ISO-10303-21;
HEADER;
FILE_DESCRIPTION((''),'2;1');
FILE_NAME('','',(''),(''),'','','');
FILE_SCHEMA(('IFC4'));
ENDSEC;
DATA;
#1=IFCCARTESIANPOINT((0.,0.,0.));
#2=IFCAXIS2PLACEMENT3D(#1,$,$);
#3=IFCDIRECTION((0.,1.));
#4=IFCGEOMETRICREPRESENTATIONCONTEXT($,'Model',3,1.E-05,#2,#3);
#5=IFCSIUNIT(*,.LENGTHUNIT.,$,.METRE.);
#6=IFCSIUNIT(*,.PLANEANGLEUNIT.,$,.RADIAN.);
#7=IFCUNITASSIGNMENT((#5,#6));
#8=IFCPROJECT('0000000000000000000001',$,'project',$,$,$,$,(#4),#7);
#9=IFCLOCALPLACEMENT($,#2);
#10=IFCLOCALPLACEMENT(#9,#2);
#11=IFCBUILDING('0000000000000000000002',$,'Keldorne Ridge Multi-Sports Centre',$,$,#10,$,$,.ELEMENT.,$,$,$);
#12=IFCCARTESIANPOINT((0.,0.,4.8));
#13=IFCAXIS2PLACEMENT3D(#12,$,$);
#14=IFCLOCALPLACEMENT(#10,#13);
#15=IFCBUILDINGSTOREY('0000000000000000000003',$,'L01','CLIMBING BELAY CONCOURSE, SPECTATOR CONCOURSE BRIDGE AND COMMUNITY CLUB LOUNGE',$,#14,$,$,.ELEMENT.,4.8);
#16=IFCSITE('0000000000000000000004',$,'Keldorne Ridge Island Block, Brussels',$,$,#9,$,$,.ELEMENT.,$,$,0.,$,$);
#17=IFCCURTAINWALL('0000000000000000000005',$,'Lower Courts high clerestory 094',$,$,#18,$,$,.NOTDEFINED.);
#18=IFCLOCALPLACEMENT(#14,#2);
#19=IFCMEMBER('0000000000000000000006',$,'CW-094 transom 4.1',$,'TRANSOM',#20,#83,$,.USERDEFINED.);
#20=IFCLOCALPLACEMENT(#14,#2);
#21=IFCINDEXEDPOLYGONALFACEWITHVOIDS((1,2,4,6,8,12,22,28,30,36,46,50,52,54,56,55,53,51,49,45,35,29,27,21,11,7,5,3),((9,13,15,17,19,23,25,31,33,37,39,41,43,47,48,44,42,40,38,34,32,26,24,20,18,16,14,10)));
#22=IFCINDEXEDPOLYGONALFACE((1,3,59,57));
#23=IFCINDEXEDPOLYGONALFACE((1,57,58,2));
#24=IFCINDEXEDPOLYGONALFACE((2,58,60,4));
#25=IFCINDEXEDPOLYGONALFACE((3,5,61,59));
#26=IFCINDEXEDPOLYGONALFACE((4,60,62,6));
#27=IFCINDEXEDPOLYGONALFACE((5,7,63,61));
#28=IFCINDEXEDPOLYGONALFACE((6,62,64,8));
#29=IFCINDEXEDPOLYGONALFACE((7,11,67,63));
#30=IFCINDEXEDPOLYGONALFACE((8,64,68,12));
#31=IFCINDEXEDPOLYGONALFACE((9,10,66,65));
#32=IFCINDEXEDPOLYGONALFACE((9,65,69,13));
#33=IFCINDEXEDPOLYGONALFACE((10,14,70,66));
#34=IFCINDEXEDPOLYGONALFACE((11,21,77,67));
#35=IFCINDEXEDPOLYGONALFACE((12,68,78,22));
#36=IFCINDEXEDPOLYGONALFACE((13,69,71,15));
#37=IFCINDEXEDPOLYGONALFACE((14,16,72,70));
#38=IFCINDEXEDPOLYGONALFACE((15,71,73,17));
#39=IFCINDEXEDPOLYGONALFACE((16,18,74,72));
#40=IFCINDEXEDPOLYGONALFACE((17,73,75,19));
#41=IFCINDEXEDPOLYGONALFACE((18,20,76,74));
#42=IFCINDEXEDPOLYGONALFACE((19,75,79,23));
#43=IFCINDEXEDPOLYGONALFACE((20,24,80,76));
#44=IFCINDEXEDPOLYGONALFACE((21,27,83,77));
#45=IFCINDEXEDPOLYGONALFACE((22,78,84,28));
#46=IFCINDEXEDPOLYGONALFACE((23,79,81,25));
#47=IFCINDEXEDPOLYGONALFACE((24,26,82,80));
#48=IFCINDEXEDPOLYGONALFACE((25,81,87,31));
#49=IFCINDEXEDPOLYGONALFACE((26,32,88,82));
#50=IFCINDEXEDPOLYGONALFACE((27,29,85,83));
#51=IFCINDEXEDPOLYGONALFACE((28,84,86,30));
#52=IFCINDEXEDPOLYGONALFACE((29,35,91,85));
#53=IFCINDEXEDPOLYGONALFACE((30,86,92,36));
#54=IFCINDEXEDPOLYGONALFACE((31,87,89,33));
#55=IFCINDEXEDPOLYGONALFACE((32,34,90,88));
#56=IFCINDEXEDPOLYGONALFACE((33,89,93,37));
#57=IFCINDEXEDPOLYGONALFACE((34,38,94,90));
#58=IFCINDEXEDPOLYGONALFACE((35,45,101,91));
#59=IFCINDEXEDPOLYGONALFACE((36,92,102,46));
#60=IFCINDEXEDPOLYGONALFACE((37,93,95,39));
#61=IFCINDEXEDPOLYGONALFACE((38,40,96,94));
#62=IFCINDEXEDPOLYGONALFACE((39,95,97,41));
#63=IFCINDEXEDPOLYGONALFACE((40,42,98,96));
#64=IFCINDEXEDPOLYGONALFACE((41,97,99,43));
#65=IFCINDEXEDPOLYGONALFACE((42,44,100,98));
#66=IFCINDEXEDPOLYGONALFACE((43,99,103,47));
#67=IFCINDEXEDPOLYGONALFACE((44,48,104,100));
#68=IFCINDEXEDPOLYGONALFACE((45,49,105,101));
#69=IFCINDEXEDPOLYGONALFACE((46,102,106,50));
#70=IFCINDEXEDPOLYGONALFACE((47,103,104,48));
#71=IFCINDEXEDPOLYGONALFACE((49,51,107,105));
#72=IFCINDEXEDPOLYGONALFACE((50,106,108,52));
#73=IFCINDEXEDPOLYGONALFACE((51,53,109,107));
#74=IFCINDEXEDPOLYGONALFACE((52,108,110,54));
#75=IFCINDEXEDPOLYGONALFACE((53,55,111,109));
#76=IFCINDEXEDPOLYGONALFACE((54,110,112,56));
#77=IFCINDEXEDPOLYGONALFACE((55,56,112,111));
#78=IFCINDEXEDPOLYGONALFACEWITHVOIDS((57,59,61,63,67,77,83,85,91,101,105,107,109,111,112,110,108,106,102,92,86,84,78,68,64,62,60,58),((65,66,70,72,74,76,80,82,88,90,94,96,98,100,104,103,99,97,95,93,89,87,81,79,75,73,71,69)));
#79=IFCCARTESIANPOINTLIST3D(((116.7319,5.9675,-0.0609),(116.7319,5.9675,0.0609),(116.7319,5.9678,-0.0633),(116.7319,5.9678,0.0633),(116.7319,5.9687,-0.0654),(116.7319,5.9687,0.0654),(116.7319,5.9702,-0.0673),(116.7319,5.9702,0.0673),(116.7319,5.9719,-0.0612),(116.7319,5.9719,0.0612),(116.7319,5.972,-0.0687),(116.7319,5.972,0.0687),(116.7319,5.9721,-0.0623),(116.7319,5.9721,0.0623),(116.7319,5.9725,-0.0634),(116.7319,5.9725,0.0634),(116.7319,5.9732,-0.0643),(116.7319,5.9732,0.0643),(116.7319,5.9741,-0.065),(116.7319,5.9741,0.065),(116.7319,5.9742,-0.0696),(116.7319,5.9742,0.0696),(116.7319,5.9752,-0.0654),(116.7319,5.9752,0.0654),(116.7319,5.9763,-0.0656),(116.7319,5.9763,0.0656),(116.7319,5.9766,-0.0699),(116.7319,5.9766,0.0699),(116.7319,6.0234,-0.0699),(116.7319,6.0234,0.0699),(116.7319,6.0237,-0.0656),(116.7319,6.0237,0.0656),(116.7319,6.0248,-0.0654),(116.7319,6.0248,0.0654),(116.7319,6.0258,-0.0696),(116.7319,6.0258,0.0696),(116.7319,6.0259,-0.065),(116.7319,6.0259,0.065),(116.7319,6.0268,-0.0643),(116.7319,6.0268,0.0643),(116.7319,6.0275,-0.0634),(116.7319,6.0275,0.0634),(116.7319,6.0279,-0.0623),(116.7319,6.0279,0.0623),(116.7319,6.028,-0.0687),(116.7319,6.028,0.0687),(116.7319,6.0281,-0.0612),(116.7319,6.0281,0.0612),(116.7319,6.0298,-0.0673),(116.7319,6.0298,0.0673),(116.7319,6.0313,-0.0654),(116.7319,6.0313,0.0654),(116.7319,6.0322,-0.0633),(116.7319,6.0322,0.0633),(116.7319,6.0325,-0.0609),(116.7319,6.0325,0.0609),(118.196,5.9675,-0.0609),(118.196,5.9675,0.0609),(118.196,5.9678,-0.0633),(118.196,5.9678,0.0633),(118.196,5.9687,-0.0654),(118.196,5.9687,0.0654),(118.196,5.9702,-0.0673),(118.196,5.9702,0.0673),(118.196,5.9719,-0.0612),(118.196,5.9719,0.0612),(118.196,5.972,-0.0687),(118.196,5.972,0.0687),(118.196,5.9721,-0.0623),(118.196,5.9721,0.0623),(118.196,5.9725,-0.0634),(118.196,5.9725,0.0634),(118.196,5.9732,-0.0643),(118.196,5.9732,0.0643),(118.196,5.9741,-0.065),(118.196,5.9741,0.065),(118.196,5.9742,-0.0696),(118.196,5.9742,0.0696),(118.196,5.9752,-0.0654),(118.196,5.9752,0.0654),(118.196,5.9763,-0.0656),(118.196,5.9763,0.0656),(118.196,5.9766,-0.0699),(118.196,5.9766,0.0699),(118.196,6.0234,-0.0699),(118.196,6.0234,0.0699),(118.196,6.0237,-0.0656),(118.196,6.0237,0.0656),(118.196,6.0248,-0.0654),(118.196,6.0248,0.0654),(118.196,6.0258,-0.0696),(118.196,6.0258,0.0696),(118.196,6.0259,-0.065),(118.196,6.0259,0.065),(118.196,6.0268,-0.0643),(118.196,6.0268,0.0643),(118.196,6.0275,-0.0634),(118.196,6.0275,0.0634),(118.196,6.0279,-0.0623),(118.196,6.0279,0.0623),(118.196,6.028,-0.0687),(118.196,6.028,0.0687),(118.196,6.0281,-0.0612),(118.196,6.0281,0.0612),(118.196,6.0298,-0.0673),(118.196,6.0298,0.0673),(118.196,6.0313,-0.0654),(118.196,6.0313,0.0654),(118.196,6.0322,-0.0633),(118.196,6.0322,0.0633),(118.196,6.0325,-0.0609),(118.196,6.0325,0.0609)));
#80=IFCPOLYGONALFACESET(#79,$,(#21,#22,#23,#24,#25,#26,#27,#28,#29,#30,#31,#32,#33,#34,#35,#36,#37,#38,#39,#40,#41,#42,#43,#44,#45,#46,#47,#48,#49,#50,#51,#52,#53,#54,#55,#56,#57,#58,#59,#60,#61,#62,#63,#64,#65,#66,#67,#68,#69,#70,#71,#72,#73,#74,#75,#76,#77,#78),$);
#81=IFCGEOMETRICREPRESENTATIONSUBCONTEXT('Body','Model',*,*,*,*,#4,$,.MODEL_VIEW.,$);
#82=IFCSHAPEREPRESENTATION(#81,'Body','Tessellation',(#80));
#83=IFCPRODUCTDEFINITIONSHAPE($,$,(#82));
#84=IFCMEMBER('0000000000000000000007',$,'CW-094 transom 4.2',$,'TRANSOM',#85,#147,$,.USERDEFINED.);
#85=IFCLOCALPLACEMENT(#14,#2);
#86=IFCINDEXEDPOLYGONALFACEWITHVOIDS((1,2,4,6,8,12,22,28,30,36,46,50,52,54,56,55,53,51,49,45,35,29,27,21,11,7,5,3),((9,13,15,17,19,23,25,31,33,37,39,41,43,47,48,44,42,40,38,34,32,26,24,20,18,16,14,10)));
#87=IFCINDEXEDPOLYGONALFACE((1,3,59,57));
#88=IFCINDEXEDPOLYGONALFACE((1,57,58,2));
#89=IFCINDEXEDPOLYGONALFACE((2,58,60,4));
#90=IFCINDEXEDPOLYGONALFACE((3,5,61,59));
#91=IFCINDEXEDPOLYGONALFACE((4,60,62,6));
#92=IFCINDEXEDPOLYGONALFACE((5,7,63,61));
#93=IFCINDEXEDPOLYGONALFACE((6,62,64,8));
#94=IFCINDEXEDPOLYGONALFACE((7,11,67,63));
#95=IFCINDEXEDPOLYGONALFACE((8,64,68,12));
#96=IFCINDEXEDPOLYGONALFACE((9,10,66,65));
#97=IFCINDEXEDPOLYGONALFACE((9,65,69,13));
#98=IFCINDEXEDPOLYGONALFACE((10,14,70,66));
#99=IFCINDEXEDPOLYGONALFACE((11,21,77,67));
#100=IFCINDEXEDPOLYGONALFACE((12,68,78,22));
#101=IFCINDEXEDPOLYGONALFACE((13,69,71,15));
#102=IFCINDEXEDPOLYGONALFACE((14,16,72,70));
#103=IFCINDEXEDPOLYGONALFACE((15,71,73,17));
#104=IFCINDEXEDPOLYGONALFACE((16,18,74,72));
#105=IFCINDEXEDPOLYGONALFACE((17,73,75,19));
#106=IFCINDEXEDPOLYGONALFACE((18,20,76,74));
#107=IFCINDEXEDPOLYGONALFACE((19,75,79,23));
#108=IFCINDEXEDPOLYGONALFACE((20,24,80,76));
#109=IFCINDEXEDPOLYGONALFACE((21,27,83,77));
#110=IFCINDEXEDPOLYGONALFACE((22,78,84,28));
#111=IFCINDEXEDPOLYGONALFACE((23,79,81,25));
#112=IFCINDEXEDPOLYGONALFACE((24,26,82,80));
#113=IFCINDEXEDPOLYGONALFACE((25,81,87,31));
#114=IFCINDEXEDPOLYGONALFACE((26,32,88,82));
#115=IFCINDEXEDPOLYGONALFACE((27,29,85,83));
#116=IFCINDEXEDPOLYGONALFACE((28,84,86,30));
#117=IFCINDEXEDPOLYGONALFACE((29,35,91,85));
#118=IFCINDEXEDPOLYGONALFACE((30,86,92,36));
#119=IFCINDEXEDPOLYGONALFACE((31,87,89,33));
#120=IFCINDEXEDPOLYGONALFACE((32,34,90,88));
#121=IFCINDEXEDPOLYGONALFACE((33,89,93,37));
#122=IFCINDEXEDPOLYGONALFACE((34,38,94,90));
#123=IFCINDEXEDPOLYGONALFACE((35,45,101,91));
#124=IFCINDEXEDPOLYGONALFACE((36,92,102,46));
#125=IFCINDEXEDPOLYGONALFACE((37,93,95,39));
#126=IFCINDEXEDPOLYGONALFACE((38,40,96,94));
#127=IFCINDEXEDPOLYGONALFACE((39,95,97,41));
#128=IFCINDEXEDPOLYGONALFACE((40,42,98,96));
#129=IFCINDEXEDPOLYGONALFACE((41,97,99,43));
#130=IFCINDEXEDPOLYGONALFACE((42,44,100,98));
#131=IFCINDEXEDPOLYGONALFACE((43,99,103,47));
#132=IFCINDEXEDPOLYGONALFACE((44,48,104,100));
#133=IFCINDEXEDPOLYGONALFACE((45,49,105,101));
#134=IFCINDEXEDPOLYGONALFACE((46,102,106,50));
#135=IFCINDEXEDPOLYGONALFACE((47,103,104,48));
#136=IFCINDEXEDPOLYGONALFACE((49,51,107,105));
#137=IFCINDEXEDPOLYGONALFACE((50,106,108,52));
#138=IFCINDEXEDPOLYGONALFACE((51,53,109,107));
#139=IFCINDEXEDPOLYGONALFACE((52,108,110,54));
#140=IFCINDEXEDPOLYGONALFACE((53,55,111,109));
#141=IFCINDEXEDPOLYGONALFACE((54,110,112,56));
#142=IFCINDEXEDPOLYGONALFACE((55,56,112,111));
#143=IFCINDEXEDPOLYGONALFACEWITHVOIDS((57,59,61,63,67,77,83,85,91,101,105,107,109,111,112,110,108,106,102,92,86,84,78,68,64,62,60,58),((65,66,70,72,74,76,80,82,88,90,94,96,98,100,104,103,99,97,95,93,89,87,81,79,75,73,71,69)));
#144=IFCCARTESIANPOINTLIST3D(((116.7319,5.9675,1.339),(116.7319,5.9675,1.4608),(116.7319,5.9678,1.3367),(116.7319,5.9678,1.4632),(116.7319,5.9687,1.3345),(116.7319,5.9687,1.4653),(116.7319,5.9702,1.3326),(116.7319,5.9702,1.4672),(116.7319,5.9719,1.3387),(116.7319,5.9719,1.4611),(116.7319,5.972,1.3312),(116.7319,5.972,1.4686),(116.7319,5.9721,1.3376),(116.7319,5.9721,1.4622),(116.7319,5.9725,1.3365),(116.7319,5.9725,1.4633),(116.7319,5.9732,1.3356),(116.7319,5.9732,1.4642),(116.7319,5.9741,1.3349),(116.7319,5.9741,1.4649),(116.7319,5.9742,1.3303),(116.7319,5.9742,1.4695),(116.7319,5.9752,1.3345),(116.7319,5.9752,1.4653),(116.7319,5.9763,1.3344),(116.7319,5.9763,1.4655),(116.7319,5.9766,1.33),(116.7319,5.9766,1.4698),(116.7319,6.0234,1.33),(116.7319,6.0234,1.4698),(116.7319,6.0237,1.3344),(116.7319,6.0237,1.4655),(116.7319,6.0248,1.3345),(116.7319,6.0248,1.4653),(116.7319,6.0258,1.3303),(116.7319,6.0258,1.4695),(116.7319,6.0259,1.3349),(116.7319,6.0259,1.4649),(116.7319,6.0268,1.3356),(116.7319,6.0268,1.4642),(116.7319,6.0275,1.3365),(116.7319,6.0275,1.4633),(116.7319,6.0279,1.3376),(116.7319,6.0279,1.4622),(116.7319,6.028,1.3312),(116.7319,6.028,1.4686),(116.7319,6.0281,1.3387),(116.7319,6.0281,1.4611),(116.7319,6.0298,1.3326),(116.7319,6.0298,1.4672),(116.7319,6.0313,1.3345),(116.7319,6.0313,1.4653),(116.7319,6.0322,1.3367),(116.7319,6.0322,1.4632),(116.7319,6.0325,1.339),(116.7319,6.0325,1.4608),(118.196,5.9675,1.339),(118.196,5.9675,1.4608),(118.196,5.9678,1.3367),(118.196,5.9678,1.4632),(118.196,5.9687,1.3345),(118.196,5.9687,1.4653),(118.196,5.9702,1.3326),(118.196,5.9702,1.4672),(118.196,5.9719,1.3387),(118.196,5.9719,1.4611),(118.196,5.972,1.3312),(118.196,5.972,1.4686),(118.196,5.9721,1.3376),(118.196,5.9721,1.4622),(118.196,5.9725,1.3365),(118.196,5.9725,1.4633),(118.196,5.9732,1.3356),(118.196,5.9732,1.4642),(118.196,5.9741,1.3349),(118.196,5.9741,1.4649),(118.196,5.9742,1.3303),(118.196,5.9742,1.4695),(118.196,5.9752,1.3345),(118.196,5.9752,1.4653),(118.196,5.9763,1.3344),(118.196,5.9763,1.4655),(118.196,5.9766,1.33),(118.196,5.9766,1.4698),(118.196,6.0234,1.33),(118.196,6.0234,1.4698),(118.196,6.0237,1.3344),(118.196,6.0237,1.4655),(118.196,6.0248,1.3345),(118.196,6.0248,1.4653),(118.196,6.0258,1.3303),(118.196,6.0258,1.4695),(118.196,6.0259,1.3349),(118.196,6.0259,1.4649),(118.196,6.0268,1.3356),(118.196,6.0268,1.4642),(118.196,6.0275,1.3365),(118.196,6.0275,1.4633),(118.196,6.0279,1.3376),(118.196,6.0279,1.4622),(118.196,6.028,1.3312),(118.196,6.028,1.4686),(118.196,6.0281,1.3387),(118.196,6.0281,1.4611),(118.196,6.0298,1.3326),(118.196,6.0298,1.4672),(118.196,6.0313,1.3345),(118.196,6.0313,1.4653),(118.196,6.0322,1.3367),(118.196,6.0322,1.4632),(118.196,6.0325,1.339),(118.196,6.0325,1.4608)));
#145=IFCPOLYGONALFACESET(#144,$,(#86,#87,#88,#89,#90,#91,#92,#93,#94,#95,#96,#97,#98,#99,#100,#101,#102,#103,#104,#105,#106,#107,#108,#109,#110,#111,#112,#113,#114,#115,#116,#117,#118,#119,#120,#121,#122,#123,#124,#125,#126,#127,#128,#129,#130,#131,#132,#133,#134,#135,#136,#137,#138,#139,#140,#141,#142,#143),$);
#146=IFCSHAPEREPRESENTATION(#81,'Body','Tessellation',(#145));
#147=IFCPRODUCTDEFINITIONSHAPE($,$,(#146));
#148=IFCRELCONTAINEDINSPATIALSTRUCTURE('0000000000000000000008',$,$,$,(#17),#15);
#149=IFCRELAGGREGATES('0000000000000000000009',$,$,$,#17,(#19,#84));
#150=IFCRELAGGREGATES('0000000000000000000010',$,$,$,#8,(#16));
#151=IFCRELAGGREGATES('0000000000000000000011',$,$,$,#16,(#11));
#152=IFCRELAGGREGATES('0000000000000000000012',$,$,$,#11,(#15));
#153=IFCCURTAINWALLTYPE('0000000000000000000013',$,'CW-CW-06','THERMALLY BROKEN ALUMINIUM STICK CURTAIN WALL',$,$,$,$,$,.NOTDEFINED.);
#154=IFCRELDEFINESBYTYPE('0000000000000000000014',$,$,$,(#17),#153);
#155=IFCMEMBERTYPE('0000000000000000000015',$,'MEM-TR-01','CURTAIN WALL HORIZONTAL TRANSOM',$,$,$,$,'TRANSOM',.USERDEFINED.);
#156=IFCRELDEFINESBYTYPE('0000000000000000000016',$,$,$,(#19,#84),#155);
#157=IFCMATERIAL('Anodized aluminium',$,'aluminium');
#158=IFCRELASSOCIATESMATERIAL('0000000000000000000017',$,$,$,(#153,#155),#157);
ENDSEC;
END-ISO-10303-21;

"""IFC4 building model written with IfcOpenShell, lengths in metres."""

from ifc_helpers import new_model, si_unit, direction, frame, origin, origin_2d, place, context, subcontext, project, spatial, hollow_rectangle, extrude, material, material_profile, profile_set, type_object, element, aggregate, save


model = new_model("IFC4")

# Units and contexts
model_context = context("Model", 3, precision=1e-05, world=origin(), true_north=direction((0.0, 1.0)))
body_context = subcontext(model_context, "Body", "Model", "MODEL_VIEW")
ifc_project = project(units=[si_unit("LENGTHUNIT", "METRE"), si_unit("PLANEANGLEUNIT", "RADIAN")], contexts=[model_context])

# Site, building, storey
site_placement = place(None, origin())
site = spatial("IfcSite", under=ifc_project, at=site_placement, Name="Keldorne Ridge Island Block, Brussels", CompositionType="ELEMENT", RefElevation=0.0)
building_placement = place(site_placement, origin())
building = spatial("IfcBuilding", under=site, at=building_placement, Name="Keldorne Ridge Multi-Sports Centre", CompositionType="ELEMENT")
storey_placement = place(building_placement, frame((0.0, 0.0, 4.8)))
storey = spatial("IfcBuildingStorey", under=building, at=storey_placement, Name="L01", Description="CLIMBING BELAY CONCOURSE, SPECTATOR CONCOURSE BRIDGE AND COMMUNITY CLUB LOUNGE", CompositionType="ELEMENT", Elevation=4.8)

# Curtain wall, members
ifc_material_1 = material(Name="Anodized aluminium", Category="aluminium")
curtain_wall_type = type_object("IfcCurtainWallType", Name="CW-CW-06", Description="THERMALLY BROKEN ALUMINIUM STICK CURTAIN WALL", PredefinedType="NOTDEFINED", material=ifc_material_1)
curtain_wall_placement = place(storey_placement, origin())
curtain_wall = element("IfcCurtainWall", 1, at=curtain_wall_placement, inside=storey, type_object=curtain_wall_type, Name="Lower Courts high clerestory 094", PredefinedType="NOTDEFINED")
ifc_material_profile_1 = material_profile(ifc_material_1, hollow_rectangle(XDim=0.0649, YDim=0.1399, WallThickness=0.0044, InnerFilletRadius=0.0044, OuterFilletRadius=0.009, at=origin_2d()), Name="ALU TRANSOM 140x65x4.5")
ifc_profile_set_1 = profile_set([ifc_material_profile_1], Name="Anodized aluminium")
member_type_1 = type_object("IfcMemberType", Name="MEM-TR-01", Description="CURTAIN WALL HORIZONTAL TRANSOM", ElementType="TRANSOM", PredefinedType="USERDEFINED", material=ifc_profile_set_1)
member_1_placement = place(storey_placement, frame((116.7319, 6.0, 0.0), z_axis=(1.0, 0.0, 0.0), x_axis=(0.0, 1.0, 0.0)))
member_1 = element("IfcMember", 2, at=member_1_placement, type_object=member_type_1, Name="CW-094 transom 4.1", ObjectType="TRANSOM", PredefinedType="USERDEFINED", context=body_context, shape_type="SweptSolid", body=[
    extrude(hollow_rectangle(XDim=0.0649, YDim=0.1399, WallThickness=0.0044, InnerFilletRadius=0.0044, OuterFilletRadius=0.009, at=origin_2d()), origin(), (0.0, 0.0, 1.0), 1.4641),
])
member_2_placement = place(storey_placement, frame((116.7319, 6.0, 1.3999), z_axis=(1.0, 0.0, 0.0), x_axis=(0.0, 1.0, 0.0)))
member_2 = element("IfcMember", 3, at=member_2_placement, type_object=member_type_1, Name="CW-094 transom 4.2", ObjectType="TRANSOM", PredefinedType="USERDEFINED", context=body_context, shape_type="SweptSolid", body=[
    extrude(hollow_rectangle(XDim=0.0649, YDim=0.1399, WallThickness=0.0044, InnerFilletRadius=0.0044, OuterFilletRadius=0.009, at=origin_2d()), origin(), (0.0, 0.0, 1.0), 1.4641),
])

aggregate(curtain_wall, [member_1, member_2])

save(model, "model.ifc")
